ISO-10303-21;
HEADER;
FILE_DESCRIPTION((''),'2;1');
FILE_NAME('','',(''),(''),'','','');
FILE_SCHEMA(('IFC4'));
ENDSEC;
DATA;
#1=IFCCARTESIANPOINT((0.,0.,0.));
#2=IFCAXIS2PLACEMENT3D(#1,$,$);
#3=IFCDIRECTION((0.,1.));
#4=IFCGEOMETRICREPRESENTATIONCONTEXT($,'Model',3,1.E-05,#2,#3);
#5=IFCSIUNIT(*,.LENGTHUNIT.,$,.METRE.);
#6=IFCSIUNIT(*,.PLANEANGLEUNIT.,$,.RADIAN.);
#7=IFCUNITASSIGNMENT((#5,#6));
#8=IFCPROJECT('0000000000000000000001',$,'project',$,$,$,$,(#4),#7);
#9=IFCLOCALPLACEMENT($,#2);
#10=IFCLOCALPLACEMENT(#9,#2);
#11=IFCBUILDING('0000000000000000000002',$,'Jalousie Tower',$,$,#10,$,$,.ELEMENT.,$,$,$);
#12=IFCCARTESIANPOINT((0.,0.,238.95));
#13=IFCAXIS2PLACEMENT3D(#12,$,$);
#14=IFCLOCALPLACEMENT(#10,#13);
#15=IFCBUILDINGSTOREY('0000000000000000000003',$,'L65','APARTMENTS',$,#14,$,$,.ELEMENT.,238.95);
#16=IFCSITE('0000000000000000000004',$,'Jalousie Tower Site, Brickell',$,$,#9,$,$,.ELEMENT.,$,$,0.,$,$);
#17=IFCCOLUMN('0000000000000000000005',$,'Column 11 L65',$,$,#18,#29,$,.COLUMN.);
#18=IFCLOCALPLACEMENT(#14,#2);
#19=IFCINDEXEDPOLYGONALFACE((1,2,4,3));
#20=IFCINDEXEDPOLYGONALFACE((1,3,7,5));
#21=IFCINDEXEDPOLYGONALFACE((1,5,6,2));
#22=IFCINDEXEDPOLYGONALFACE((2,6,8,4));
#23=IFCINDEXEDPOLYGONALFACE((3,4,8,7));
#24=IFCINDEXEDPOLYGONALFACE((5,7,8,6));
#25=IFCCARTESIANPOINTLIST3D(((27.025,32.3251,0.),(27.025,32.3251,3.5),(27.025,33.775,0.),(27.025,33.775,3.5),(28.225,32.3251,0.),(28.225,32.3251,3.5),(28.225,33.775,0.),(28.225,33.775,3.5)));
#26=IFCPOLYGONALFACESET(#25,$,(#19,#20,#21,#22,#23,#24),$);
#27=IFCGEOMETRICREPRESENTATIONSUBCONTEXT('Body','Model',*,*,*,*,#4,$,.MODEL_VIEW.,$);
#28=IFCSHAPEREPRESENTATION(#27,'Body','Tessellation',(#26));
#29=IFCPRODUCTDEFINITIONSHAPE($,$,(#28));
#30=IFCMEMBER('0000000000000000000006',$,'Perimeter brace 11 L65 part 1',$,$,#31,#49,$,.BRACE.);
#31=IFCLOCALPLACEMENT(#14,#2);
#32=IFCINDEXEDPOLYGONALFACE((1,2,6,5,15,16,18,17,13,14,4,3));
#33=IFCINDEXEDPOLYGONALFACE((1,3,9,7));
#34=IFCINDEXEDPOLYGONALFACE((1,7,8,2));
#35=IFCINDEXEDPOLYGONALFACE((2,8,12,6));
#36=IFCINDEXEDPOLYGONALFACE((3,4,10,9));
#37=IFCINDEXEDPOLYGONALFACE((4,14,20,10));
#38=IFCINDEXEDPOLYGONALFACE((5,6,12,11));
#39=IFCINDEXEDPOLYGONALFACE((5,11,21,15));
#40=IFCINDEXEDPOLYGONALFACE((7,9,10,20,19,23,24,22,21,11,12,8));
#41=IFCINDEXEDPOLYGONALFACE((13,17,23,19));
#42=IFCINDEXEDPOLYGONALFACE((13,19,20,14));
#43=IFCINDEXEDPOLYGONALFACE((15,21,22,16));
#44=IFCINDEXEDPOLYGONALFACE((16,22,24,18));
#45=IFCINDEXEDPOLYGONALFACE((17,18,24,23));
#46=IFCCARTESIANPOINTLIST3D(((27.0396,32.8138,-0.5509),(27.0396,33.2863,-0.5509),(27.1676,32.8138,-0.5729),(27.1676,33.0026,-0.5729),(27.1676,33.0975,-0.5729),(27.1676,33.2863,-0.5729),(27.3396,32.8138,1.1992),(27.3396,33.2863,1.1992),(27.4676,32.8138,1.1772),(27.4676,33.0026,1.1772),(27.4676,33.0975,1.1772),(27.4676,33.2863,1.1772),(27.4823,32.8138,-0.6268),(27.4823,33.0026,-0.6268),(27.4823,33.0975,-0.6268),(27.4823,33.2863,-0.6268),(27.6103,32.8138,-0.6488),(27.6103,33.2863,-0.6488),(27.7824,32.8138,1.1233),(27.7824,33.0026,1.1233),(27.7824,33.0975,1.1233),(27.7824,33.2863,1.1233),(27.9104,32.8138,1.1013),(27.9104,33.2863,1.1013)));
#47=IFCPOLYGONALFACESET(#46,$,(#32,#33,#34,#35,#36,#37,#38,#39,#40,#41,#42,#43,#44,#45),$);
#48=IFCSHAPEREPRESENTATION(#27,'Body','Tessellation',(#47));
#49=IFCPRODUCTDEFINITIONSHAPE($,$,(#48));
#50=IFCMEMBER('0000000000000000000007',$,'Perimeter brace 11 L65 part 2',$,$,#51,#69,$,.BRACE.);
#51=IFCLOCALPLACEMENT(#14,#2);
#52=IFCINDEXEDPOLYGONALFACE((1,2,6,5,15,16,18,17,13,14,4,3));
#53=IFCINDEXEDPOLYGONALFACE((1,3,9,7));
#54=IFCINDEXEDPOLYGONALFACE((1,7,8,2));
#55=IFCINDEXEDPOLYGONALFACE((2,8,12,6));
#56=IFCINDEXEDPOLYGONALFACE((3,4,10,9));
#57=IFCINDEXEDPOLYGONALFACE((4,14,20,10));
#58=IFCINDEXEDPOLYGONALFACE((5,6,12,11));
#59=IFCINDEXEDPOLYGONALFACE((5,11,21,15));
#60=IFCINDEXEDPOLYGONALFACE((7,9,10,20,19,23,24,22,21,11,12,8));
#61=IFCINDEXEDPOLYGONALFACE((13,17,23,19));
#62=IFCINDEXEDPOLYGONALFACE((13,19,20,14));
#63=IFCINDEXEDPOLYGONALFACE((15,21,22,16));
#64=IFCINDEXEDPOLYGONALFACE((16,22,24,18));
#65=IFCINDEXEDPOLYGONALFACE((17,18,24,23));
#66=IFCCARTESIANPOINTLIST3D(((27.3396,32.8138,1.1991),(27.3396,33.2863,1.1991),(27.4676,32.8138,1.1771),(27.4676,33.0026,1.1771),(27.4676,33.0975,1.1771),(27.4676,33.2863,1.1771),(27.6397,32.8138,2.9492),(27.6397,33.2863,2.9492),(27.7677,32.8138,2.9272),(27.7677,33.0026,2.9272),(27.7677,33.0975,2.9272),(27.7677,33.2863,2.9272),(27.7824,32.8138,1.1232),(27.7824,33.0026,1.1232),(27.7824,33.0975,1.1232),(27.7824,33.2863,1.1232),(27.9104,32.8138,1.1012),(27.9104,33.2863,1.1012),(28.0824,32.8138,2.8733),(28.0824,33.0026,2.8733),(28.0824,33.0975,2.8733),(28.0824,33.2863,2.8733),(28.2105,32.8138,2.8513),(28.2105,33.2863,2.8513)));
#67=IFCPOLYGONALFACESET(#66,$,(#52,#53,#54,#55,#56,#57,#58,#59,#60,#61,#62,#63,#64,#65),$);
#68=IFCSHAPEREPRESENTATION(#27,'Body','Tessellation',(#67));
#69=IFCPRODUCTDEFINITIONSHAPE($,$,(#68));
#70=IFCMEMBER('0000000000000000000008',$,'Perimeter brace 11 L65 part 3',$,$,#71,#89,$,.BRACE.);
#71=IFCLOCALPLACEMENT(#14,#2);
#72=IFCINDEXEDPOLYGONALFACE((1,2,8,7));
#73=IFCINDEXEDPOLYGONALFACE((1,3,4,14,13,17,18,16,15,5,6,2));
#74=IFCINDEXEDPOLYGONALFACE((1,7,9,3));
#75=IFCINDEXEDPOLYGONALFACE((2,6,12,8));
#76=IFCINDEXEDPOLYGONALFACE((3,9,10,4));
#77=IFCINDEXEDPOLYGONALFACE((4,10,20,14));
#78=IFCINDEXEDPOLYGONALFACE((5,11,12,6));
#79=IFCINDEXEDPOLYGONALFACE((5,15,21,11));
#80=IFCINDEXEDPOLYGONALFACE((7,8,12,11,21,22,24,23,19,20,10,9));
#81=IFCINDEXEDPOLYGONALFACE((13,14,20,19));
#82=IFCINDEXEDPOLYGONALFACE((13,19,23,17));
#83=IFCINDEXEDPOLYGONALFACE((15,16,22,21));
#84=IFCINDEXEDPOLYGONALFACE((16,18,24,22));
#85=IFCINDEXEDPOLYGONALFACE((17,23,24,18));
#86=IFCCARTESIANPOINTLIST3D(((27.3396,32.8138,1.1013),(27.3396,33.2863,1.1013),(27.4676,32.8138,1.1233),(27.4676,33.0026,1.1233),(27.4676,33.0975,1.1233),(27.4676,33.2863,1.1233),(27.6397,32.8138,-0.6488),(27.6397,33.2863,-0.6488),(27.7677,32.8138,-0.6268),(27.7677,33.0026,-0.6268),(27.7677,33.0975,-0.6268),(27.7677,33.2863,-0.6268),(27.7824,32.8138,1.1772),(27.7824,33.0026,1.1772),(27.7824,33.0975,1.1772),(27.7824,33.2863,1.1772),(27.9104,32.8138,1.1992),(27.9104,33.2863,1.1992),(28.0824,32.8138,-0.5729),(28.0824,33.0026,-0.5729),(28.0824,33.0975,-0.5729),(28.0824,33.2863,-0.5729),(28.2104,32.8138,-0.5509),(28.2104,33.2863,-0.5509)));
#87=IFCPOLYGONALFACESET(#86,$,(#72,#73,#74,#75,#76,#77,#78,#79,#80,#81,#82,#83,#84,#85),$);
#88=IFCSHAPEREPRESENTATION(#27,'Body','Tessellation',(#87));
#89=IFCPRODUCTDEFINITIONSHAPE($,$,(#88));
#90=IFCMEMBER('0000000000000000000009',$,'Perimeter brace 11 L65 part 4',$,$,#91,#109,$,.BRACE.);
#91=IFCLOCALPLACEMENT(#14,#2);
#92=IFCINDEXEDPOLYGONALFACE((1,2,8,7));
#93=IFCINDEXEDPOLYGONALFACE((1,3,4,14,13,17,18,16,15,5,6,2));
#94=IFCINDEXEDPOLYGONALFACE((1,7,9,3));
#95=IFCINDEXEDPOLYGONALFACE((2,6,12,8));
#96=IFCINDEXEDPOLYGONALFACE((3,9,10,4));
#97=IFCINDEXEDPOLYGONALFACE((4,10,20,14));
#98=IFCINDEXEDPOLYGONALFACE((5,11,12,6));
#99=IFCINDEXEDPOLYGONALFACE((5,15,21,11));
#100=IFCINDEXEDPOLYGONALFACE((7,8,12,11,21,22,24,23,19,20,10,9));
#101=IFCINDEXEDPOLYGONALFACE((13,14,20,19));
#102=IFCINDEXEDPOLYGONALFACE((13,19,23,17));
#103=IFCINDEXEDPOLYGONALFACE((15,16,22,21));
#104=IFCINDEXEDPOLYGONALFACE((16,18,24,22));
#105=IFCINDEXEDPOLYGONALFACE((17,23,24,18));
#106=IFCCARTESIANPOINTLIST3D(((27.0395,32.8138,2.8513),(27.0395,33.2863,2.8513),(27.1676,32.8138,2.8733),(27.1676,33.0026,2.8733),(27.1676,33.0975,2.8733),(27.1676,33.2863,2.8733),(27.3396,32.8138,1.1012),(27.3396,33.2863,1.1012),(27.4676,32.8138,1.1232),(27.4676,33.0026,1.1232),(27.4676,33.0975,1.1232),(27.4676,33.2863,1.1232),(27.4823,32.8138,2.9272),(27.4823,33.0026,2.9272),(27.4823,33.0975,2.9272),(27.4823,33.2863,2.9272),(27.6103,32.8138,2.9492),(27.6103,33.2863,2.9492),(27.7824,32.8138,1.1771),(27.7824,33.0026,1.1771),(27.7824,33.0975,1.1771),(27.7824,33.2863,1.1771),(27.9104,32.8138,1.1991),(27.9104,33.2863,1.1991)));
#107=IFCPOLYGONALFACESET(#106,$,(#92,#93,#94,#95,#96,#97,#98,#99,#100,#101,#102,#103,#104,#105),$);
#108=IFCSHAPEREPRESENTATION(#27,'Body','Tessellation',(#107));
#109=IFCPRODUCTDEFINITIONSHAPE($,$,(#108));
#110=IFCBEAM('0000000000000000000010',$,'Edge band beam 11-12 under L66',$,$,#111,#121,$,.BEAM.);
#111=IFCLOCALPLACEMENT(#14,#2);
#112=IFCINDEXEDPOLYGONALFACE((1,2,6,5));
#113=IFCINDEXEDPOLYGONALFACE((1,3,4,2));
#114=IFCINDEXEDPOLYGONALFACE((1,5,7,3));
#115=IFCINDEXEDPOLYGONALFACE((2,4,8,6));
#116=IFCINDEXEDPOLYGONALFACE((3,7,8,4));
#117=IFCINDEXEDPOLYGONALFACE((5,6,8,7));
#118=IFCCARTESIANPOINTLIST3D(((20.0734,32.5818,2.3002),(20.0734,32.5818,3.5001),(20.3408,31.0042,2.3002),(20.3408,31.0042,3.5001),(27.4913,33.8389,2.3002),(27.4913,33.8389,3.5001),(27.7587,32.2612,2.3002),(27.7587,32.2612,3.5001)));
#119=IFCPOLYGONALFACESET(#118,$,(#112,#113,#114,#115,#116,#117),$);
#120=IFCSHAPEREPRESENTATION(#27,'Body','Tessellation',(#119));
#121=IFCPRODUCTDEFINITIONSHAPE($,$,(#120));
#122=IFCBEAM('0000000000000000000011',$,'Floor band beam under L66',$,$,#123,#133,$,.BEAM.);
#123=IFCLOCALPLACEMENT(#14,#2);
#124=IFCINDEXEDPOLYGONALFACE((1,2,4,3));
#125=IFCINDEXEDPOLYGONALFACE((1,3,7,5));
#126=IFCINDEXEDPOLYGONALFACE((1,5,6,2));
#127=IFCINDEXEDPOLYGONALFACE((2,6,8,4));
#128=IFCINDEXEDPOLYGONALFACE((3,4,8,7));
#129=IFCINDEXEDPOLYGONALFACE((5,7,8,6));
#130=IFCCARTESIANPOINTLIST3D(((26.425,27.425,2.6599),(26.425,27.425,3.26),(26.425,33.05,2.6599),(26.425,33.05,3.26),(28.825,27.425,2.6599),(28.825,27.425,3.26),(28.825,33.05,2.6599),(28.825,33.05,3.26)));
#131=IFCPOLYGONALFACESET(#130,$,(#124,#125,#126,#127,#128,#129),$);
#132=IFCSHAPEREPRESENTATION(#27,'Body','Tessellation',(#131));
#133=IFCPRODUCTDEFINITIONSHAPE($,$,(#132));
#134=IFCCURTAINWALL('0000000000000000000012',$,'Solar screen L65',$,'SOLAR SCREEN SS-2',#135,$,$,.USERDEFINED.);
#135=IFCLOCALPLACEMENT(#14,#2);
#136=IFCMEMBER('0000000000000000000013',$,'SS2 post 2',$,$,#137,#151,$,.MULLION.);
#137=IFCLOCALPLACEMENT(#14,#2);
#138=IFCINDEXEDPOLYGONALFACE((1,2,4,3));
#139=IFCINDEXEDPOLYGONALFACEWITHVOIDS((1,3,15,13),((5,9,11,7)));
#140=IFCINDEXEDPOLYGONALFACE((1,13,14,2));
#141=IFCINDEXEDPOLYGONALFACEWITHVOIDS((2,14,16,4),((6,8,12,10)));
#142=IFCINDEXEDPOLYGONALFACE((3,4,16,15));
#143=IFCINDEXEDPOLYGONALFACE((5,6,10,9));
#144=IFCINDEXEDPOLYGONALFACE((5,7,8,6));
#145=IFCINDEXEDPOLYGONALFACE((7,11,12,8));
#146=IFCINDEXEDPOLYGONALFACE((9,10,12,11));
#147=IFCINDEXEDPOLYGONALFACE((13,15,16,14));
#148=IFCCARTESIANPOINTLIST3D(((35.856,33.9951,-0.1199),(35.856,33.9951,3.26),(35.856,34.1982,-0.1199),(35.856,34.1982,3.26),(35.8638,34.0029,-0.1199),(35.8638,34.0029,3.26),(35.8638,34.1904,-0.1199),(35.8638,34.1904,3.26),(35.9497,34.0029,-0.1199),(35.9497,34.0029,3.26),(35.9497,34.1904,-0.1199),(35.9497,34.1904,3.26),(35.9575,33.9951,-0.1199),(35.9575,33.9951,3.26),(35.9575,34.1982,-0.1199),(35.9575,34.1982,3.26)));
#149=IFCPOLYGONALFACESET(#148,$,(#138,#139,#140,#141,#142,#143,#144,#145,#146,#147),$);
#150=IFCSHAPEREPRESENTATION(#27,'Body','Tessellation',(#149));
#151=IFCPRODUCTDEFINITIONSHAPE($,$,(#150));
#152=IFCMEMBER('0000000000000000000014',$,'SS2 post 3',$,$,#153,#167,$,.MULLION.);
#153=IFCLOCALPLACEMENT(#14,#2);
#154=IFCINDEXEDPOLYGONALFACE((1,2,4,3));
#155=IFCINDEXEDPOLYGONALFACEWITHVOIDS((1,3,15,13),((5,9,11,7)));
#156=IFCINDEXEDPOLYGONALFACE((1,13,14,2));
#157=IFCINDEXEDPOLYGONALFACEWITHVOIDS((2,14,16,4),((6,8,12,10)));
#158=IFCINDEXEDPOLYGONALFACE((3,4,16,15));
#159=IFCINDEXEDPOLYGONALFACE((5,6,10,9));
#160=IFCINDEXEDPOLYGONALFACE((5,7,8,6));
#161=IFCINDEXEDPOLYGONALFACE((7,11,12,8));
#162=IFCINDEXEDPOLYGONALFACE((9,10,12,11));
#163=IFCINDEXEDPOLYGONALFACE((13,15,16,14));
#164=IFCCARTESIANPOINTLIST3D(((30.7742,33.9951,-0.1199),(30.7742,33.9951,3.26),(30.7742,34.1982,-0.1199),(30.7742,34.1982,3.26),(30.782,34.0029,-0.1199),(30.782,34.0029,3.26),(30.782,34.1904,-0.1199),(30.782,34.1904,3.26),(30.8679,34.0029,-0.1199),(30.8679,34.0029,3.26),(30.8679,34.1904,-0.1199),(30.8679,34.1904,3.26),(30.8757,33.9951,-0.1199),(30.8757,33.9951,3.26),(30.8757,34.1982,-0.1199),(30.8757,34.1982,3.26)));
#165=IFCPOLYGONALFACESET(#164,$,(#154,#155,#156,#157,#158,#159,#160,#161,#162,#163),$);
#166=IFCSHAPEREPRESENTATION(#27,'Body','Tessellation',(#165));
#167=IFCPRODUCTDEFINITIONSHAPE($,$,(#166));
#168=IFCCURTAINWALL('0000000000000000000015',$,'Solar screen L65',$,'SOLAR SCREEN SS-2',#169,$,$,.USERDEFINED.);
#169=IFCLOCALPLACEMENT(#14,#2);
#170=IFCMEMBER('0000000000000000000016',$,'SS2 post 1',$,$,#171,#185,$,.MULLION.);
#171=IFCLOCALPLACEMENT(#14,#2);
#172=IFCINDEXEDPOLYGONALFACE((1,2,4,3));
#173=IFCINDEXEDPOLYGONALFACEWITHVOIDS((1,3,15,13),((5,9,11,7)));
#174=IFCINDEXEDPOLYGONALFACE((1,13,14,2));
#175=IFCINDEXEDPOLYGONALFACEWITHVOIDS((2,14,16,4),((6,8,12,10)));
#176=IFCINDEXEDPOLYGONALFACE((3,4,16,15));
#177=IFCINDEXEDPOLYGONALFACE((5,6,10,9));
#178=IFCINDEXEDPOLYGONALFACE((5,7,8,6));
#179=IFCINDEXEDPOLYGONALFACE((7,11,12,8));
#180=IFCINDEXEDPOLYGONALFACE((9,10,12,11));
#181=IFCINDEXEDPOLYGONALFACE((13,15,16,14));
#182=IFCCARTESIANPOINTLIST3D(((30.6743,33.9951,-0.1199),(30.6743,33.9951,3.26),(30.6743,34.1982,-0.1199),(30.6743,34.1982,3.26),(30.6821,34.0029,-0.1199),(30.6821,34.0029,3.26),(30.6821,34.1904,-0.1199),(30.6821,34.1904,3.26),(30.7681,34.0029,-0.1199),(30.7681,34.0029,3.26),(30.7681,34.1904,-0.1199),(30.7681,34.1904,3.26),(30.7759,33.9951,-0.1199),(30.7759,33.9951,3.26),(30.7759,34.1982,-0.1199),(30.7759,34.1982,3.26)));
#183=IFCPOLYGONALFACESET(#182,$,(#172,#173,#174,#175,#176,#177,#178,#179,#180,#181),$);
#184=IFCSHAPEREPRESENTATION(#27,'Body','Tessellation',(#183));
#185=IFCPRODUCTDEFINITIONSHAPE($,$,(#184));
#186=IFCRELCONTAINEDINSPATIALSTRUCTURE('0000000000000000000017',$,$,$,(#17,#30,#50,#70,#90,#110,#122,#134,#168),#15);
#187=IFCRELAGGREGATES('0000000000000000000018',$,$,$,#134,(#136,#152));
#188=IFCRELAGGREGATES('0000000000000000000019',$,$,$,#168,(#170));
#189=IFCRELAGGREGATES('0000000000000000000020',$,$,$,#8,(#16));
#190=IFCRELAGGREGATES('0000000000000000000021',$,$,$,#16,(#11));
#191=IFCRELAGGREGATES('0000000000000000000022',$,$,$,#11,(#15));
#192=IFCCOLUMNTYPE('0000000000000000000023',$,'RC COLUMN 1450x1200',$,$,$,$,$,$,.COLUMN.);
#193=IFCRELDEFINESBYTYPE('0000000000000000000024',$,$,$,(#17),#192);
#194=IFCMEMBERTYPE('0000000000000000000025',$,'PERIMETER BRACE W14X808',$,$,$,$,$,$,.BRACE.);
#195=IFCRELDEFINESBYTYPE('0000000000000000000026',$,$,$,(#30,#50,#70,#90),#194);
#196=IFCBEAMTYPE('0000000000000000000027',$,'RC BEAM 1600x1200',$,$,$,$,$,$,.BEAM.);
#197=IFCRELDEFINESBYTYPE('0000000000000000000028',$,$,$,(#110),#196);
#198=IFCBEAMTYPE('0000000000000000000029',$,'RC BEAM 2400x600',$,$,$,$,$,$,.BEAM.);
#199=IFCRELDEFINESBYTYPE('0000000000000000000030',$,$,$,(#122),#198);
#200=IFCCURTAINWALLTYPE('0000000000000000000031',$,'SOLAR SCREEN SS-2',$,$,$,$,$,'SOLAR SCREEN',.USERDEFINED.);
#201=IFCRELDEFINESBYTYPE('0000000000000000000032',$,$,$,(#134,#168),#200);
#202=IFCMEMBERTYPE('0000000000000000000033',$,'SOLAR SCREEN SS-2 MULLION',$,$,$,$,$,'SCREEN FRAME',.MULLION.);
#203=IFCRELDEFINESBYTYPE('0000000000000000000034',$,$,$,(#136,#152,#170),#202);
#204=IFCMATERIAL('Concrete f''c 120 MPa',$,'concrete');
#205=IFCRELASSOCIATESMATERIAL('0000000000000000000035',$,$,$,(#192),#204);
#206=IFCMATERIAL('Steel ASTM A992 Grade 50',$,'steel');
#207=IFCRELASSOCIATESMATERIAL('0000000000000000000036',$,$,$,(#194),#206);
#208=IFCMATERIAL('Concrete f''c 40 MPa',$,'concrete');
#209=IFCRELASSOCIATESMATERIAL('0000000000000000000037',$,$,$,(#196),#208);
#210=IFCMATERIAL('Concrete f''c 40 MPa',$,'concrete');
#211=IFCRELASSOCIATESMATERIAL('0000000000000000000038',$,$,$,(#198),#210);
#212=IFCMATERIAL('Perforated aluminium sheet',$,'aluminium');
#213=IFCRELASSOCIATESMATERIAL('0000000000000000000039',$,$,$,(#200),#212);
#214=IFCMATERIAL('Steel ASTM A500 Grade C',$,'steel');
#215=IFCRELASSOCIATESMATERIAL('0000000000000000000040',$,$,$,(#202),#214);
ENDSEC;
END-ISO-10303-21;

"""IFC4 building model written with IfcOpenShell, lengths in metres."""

from ifc_helpers import new_model, si_unit, direction, frame, origin, origin_2d, place, context, subcontext, project, spatial, rectangle, hollow_rectangle, i_section, extrude, material, material_profile, profile_set, type_object, element, aggregate, save


model = new_model("IFC4")

# Units and contexts
model_context = context("Model", 3, precision=1e-05, world=origin(), true_north=direction((0.0, 1.0)))
body_context = subcontext(model_context, "Body", "Model", "MODEL_VIEW")
ifc_project = project(units=[si_unit("LENGTHUNIT", "METRE"), si_unit("PLANEANGLEUNIT", "RADIAN")], contexts=[model_context])

# Site, building, storey
site_placement = place(None, origin())
site = spatial("IfcSite", under=ifc_project, at=site_placement, Name="Jalousie Tower Site, Brickell", CompositionType="ELEMENT", RefElevation=0.0)
building_placement = place(site_placement, origin())
building = spatial("IfcBuilding", under=site, at=building_placement, Name="Jalousie Tower", CompositionType="ELEMENT")
storey_placement = place(building_placement, frame((0.0, 0.0, 238.95)))
storey = spatial("IfcBuildingStorey", under=building, at=storey_placement, Name="L65", Description="APARTMENTS", CompositionType="ELEMENT", Elevation=238.95)

# Column
ifc_material_1 = material(Name="Concrete f'c 120 MPa", Category="concrete")
ifc_material_profile_1 = material_profile(ifc_material_1, rectangle(XDim=1.45, YDim=1.2, at=origin_2d()), Name="RC 1450x1200")
ifc_profile_set_1 = profile_set([ifc_material_profile_1], Name="Concrete f'c 120 MPa")
column_type = type_object("IfcColumnType", Name="RC COLUMN 1450x1200", PredefinedType="COLUMN", material=ifc_profile_set_1)
column_placement = place(storey_placement, frame((27.625, 33.05, 0.0), z_axis=(0.0, 0.0, 1.0), x_axis=(0.0, 1.0, 0.0)))
element("IfcColumn", 1, at=column_placement, inside=storey, type_object=column_type, Name="Column 11 L65", PredefinedType="COLUMN", context=body_context, shape_type="SweptSolid", body=[
    extrude(rectangle(XDim=1.45, YDim=1.2, at=origin_2d()), origin(), (0.0, 0.0, 1.0), 3.5),
])

# Members
ifc_material_2 = material(Name="Steel ASTM A992 Grade 50", Category="steel")
ifc_material_profile_2 = material_profile(ifc_material_2, i_section(OverallWidth=0.4724, OverallDepth=0.5791, WebThickness=0.095, FlangeThickness=0.1299, at=origin_2d()), Name="W14X808")
ifc_profile_set_2 = profile_set([ifc_material_profile_2], Name="Steel ASTM A992 Grade 50")
member_type_1 = type_object("IfcMemberType", Name="PERIMETER BRACE W14X808", PredefinedType="BRACE", material=ifc_profile_set_2)
for number, where, z_axis, x_axis, name in (
    (2, (27.325, 33.05, -0.5999), (0.168991, 0.0, 0.985618), (0.0, 1.0, 0.0), "Perimeter brace 11 L65 part 1"),
    (3, (27.625, 33.05, 1.1501), (0.168991, 0.0, 0.985618), (0.0, 1.0, 0.0), "Perimeter brace 11 L65 part 2"),
    (4, (27.925, 33.05, -0.5999), (-0.168991, 0.0, 0.985618), (0.0, -1.0, 0.0), "Perimeter brace 11 L65 part 3"),
    (5, (27.625, 33.05, 1.1501), (-0.168991, 0.0, 0.985618), (0.0, -1.0, 0.0), "Perimeter brace 11 L65 part 4"),
):
    element("IfcMember", number, at=place(storey_placement, frame(where, z_axis=z_axis, x_axis=x_axis)), inside=storey, type_object=member_type_1, Name=name, PredefinedType="BRACE", context=body_context, shape_type="SweptSolid", body=[
        extrude(i_section(OverallWidth=0.4724, OverallDepth=0.5791, WebThickness=0.095, FlangeThickness=0.1299, at=origin_2d()), origin(), (0.0, 0.0, 1.0), 1.7756),
    ])

# Beams
ifc_material_3 = material(Name="Concrete f'c 40 MPa", Category="concrete")
ifc_material_profile_3 = material_profile(ifc_material_3, rectangle(XDim=1.6001, YDim=1.2, at=origin_2d()), Name="RC 1600x1200")
ifc_profile_set_3 = profile_set([ifc_material_profile_3], Name="Concrete f'c 40 MPa")
beam_type_1 = type_object("IfcBeamType", Name="RC BEAM 1600x1200", PredefinedType="BEAM", material=ifc_profile_set_3)
beam_1_placement = place(storey_placement, frame((27.625, 33.05, 2.9001), z_axis=(-0.985943, -0.167082, 0.0), x_axis=(0.167082, -0.985943, 0.0)))
element("IfcBeam", 6, at=beam_1_placement, inside=storey, type_object=beam_type_1, Name="Edge band beam 11-12 under L66", PredefinedType="BEAM", context=body_context, shape_type="SweptSolid", body=[
    extrude(rectangle(XDim=1.6001, YDim=1.2, at=origin_2d()), origin(), (0.0, 0.0, 1.0), 7.5237),
])
ifc_material_4 = material(Name="Concrete f'c 40 MPa", Category="concrete")
ifc_material_profile_4 = material_profile(ifc_material_4, rectangle(XDim=2.3999, YDim=0.6001, at=origin_2d()), Name="RC 2400x600")
ifc_profile_set_4 = profile_set([ifc_material_profile_4], Name="Concrete f'c 40 MPa")
beam_type_2 = type_object("IfcBeamType", Name="RC BEAM 2400x600", PredefinedType="BEAM", material=ifc_profile_set_4)
beam_2_placement = place(storey_placement, frame((27.625, 33.05, 2.96), z_axis=(0.0, -1.0, 0.0), x_axis=(1.0, 0.0, 0.0)))
element("IfcBeam", 7, at=beam_2_placement, inside=storey, type_object=beam_type_2, Name="Floor band beam under L66", PredefinedType="BEAM", context=body_context, shape_type="SweptSolid", body=[
    extrude(rectangle(XDim=2.3999, YDim=0.6001, at=origin_2d()), origin(), (0.0, 0.0, 1.0), 5.625),
])

# Curtain walls, members
ifc_material_5 = material(Name="Perforated aluminium sheet", Category="aluminium")
curtain_wall_type = type_object("IfcCurtainWallType", Name="SOLAR SCREEN SS-2", ElementType="SOLAR SCREEN", PredefinedType="USERDEFINED", material=ifc_material_5)
curtain_wall_1_placement = place(storey_placement, origin())
curtain_wall_1 = element("IfcCurtainWall", 8, at=curtain_wall_1_placement, inside=storey, type_object=curtain_wall_type, Name="Solar screen L65", ObjectType="SOLAR SCREEN SS-2", PredefinedType="USERDEFINED")
ifc_material_6 = material(Name="Steel ASTM A500 Grade C", Category="steel")
ifc_material_profile_5 = material_profile(ifc_material_6, hollow_rectangle(XDim=0.1016, YDim=0.2031, WallThickness=0.0078, at=origin_2d()), Name="HSS8X4X5/16")
ifc_profile_set_5 = profile_set([ifc_material_profile_5], Name="Steel ASTM A500 Grade C")
member_type_2 = type_object("IfcMemberType", Name="SOLAR SCREEN SS-2 MULLION", ElementType="SCREEN FRAME", PredefinedType="MULLION", material=ifc_profile_set_5)
member_1_placement = place(storey_placement, frame((35.9067, 34.0967, -0.1199), z_axis=(0.0, 0.0, 1.0), x_axis=(-1.0, 0.0, 0.0)))
member_1 = element("IfcMember", 9, at=member_1_placement, type_object=member_type_2, Name="SS2 post 2", PredefinedType="MULLION", context=body_context, shape_type="SweptSolid", body=[
    extrude(hollow_rectangle(XDim=0.1016, YDim=0.2031, WallThickness=0.0078, at=origin_2d()), origin(), (0.0, 0.0, 1.0), 3.3799),
])
member_2_placement = place(storey_placement, frame((30.825, 34.0967, -0.1199), z_axis=(0.0, 0.0, 1.0), x_axis=(-1.0, 0.0, 0.0)))
member_2 = element("IfcMember", 10, at=member_2_placement, type_object=member_type_2, Name="SS2 post 3", PredefinedType="MULLION", context=body_context, shape_type="SweptSolid", body=[
    extrude(hollow_rectangle(XDim=0.1016, YDim=0.2031, WallThickness=0.0078, at=origin_2d()), origin(), (0.0, 0.0, 1.0), 3.3799),
])
curtain_wall_2_placement = place(storey_placement, origin())
curtain_wall_2 = element("IfcCurtainWall", 11, at=curtain_wall_2_placement, inside=storey, type_object=curtain_wall_type, Name="Solar screen L65", ObjectType="SOLAR SCREEN SS-2", PredefinedType="USERDEFINED")
member_3_placement = place(storey_placement, frame((30.7251, 34.0967, -0.1199), z_axis=(0.0, 0.0, 1.0), x_axis=(-1.0, 0.0, 0.0)))
member_3 = element("IfcMember", 12, at=member_3_placement, type_object=member_type_2, Name="SS2 post 1", PredefinedType="MULLION", context=body_context, shape_type="SweptSolid", body=[
    extrude(hollow_rectangle(XDim=0.1016, YDim=0.2031, WallThickness=0.0078, at=origin_2d()), origin(), (0.0, 0.0, 1.0), 3.3799),
])

aggregate(curtain_wall_1, [member_1, member_2])
aggregate(curtain_wall_2, [member_3])

save(model, "model.ifc")
